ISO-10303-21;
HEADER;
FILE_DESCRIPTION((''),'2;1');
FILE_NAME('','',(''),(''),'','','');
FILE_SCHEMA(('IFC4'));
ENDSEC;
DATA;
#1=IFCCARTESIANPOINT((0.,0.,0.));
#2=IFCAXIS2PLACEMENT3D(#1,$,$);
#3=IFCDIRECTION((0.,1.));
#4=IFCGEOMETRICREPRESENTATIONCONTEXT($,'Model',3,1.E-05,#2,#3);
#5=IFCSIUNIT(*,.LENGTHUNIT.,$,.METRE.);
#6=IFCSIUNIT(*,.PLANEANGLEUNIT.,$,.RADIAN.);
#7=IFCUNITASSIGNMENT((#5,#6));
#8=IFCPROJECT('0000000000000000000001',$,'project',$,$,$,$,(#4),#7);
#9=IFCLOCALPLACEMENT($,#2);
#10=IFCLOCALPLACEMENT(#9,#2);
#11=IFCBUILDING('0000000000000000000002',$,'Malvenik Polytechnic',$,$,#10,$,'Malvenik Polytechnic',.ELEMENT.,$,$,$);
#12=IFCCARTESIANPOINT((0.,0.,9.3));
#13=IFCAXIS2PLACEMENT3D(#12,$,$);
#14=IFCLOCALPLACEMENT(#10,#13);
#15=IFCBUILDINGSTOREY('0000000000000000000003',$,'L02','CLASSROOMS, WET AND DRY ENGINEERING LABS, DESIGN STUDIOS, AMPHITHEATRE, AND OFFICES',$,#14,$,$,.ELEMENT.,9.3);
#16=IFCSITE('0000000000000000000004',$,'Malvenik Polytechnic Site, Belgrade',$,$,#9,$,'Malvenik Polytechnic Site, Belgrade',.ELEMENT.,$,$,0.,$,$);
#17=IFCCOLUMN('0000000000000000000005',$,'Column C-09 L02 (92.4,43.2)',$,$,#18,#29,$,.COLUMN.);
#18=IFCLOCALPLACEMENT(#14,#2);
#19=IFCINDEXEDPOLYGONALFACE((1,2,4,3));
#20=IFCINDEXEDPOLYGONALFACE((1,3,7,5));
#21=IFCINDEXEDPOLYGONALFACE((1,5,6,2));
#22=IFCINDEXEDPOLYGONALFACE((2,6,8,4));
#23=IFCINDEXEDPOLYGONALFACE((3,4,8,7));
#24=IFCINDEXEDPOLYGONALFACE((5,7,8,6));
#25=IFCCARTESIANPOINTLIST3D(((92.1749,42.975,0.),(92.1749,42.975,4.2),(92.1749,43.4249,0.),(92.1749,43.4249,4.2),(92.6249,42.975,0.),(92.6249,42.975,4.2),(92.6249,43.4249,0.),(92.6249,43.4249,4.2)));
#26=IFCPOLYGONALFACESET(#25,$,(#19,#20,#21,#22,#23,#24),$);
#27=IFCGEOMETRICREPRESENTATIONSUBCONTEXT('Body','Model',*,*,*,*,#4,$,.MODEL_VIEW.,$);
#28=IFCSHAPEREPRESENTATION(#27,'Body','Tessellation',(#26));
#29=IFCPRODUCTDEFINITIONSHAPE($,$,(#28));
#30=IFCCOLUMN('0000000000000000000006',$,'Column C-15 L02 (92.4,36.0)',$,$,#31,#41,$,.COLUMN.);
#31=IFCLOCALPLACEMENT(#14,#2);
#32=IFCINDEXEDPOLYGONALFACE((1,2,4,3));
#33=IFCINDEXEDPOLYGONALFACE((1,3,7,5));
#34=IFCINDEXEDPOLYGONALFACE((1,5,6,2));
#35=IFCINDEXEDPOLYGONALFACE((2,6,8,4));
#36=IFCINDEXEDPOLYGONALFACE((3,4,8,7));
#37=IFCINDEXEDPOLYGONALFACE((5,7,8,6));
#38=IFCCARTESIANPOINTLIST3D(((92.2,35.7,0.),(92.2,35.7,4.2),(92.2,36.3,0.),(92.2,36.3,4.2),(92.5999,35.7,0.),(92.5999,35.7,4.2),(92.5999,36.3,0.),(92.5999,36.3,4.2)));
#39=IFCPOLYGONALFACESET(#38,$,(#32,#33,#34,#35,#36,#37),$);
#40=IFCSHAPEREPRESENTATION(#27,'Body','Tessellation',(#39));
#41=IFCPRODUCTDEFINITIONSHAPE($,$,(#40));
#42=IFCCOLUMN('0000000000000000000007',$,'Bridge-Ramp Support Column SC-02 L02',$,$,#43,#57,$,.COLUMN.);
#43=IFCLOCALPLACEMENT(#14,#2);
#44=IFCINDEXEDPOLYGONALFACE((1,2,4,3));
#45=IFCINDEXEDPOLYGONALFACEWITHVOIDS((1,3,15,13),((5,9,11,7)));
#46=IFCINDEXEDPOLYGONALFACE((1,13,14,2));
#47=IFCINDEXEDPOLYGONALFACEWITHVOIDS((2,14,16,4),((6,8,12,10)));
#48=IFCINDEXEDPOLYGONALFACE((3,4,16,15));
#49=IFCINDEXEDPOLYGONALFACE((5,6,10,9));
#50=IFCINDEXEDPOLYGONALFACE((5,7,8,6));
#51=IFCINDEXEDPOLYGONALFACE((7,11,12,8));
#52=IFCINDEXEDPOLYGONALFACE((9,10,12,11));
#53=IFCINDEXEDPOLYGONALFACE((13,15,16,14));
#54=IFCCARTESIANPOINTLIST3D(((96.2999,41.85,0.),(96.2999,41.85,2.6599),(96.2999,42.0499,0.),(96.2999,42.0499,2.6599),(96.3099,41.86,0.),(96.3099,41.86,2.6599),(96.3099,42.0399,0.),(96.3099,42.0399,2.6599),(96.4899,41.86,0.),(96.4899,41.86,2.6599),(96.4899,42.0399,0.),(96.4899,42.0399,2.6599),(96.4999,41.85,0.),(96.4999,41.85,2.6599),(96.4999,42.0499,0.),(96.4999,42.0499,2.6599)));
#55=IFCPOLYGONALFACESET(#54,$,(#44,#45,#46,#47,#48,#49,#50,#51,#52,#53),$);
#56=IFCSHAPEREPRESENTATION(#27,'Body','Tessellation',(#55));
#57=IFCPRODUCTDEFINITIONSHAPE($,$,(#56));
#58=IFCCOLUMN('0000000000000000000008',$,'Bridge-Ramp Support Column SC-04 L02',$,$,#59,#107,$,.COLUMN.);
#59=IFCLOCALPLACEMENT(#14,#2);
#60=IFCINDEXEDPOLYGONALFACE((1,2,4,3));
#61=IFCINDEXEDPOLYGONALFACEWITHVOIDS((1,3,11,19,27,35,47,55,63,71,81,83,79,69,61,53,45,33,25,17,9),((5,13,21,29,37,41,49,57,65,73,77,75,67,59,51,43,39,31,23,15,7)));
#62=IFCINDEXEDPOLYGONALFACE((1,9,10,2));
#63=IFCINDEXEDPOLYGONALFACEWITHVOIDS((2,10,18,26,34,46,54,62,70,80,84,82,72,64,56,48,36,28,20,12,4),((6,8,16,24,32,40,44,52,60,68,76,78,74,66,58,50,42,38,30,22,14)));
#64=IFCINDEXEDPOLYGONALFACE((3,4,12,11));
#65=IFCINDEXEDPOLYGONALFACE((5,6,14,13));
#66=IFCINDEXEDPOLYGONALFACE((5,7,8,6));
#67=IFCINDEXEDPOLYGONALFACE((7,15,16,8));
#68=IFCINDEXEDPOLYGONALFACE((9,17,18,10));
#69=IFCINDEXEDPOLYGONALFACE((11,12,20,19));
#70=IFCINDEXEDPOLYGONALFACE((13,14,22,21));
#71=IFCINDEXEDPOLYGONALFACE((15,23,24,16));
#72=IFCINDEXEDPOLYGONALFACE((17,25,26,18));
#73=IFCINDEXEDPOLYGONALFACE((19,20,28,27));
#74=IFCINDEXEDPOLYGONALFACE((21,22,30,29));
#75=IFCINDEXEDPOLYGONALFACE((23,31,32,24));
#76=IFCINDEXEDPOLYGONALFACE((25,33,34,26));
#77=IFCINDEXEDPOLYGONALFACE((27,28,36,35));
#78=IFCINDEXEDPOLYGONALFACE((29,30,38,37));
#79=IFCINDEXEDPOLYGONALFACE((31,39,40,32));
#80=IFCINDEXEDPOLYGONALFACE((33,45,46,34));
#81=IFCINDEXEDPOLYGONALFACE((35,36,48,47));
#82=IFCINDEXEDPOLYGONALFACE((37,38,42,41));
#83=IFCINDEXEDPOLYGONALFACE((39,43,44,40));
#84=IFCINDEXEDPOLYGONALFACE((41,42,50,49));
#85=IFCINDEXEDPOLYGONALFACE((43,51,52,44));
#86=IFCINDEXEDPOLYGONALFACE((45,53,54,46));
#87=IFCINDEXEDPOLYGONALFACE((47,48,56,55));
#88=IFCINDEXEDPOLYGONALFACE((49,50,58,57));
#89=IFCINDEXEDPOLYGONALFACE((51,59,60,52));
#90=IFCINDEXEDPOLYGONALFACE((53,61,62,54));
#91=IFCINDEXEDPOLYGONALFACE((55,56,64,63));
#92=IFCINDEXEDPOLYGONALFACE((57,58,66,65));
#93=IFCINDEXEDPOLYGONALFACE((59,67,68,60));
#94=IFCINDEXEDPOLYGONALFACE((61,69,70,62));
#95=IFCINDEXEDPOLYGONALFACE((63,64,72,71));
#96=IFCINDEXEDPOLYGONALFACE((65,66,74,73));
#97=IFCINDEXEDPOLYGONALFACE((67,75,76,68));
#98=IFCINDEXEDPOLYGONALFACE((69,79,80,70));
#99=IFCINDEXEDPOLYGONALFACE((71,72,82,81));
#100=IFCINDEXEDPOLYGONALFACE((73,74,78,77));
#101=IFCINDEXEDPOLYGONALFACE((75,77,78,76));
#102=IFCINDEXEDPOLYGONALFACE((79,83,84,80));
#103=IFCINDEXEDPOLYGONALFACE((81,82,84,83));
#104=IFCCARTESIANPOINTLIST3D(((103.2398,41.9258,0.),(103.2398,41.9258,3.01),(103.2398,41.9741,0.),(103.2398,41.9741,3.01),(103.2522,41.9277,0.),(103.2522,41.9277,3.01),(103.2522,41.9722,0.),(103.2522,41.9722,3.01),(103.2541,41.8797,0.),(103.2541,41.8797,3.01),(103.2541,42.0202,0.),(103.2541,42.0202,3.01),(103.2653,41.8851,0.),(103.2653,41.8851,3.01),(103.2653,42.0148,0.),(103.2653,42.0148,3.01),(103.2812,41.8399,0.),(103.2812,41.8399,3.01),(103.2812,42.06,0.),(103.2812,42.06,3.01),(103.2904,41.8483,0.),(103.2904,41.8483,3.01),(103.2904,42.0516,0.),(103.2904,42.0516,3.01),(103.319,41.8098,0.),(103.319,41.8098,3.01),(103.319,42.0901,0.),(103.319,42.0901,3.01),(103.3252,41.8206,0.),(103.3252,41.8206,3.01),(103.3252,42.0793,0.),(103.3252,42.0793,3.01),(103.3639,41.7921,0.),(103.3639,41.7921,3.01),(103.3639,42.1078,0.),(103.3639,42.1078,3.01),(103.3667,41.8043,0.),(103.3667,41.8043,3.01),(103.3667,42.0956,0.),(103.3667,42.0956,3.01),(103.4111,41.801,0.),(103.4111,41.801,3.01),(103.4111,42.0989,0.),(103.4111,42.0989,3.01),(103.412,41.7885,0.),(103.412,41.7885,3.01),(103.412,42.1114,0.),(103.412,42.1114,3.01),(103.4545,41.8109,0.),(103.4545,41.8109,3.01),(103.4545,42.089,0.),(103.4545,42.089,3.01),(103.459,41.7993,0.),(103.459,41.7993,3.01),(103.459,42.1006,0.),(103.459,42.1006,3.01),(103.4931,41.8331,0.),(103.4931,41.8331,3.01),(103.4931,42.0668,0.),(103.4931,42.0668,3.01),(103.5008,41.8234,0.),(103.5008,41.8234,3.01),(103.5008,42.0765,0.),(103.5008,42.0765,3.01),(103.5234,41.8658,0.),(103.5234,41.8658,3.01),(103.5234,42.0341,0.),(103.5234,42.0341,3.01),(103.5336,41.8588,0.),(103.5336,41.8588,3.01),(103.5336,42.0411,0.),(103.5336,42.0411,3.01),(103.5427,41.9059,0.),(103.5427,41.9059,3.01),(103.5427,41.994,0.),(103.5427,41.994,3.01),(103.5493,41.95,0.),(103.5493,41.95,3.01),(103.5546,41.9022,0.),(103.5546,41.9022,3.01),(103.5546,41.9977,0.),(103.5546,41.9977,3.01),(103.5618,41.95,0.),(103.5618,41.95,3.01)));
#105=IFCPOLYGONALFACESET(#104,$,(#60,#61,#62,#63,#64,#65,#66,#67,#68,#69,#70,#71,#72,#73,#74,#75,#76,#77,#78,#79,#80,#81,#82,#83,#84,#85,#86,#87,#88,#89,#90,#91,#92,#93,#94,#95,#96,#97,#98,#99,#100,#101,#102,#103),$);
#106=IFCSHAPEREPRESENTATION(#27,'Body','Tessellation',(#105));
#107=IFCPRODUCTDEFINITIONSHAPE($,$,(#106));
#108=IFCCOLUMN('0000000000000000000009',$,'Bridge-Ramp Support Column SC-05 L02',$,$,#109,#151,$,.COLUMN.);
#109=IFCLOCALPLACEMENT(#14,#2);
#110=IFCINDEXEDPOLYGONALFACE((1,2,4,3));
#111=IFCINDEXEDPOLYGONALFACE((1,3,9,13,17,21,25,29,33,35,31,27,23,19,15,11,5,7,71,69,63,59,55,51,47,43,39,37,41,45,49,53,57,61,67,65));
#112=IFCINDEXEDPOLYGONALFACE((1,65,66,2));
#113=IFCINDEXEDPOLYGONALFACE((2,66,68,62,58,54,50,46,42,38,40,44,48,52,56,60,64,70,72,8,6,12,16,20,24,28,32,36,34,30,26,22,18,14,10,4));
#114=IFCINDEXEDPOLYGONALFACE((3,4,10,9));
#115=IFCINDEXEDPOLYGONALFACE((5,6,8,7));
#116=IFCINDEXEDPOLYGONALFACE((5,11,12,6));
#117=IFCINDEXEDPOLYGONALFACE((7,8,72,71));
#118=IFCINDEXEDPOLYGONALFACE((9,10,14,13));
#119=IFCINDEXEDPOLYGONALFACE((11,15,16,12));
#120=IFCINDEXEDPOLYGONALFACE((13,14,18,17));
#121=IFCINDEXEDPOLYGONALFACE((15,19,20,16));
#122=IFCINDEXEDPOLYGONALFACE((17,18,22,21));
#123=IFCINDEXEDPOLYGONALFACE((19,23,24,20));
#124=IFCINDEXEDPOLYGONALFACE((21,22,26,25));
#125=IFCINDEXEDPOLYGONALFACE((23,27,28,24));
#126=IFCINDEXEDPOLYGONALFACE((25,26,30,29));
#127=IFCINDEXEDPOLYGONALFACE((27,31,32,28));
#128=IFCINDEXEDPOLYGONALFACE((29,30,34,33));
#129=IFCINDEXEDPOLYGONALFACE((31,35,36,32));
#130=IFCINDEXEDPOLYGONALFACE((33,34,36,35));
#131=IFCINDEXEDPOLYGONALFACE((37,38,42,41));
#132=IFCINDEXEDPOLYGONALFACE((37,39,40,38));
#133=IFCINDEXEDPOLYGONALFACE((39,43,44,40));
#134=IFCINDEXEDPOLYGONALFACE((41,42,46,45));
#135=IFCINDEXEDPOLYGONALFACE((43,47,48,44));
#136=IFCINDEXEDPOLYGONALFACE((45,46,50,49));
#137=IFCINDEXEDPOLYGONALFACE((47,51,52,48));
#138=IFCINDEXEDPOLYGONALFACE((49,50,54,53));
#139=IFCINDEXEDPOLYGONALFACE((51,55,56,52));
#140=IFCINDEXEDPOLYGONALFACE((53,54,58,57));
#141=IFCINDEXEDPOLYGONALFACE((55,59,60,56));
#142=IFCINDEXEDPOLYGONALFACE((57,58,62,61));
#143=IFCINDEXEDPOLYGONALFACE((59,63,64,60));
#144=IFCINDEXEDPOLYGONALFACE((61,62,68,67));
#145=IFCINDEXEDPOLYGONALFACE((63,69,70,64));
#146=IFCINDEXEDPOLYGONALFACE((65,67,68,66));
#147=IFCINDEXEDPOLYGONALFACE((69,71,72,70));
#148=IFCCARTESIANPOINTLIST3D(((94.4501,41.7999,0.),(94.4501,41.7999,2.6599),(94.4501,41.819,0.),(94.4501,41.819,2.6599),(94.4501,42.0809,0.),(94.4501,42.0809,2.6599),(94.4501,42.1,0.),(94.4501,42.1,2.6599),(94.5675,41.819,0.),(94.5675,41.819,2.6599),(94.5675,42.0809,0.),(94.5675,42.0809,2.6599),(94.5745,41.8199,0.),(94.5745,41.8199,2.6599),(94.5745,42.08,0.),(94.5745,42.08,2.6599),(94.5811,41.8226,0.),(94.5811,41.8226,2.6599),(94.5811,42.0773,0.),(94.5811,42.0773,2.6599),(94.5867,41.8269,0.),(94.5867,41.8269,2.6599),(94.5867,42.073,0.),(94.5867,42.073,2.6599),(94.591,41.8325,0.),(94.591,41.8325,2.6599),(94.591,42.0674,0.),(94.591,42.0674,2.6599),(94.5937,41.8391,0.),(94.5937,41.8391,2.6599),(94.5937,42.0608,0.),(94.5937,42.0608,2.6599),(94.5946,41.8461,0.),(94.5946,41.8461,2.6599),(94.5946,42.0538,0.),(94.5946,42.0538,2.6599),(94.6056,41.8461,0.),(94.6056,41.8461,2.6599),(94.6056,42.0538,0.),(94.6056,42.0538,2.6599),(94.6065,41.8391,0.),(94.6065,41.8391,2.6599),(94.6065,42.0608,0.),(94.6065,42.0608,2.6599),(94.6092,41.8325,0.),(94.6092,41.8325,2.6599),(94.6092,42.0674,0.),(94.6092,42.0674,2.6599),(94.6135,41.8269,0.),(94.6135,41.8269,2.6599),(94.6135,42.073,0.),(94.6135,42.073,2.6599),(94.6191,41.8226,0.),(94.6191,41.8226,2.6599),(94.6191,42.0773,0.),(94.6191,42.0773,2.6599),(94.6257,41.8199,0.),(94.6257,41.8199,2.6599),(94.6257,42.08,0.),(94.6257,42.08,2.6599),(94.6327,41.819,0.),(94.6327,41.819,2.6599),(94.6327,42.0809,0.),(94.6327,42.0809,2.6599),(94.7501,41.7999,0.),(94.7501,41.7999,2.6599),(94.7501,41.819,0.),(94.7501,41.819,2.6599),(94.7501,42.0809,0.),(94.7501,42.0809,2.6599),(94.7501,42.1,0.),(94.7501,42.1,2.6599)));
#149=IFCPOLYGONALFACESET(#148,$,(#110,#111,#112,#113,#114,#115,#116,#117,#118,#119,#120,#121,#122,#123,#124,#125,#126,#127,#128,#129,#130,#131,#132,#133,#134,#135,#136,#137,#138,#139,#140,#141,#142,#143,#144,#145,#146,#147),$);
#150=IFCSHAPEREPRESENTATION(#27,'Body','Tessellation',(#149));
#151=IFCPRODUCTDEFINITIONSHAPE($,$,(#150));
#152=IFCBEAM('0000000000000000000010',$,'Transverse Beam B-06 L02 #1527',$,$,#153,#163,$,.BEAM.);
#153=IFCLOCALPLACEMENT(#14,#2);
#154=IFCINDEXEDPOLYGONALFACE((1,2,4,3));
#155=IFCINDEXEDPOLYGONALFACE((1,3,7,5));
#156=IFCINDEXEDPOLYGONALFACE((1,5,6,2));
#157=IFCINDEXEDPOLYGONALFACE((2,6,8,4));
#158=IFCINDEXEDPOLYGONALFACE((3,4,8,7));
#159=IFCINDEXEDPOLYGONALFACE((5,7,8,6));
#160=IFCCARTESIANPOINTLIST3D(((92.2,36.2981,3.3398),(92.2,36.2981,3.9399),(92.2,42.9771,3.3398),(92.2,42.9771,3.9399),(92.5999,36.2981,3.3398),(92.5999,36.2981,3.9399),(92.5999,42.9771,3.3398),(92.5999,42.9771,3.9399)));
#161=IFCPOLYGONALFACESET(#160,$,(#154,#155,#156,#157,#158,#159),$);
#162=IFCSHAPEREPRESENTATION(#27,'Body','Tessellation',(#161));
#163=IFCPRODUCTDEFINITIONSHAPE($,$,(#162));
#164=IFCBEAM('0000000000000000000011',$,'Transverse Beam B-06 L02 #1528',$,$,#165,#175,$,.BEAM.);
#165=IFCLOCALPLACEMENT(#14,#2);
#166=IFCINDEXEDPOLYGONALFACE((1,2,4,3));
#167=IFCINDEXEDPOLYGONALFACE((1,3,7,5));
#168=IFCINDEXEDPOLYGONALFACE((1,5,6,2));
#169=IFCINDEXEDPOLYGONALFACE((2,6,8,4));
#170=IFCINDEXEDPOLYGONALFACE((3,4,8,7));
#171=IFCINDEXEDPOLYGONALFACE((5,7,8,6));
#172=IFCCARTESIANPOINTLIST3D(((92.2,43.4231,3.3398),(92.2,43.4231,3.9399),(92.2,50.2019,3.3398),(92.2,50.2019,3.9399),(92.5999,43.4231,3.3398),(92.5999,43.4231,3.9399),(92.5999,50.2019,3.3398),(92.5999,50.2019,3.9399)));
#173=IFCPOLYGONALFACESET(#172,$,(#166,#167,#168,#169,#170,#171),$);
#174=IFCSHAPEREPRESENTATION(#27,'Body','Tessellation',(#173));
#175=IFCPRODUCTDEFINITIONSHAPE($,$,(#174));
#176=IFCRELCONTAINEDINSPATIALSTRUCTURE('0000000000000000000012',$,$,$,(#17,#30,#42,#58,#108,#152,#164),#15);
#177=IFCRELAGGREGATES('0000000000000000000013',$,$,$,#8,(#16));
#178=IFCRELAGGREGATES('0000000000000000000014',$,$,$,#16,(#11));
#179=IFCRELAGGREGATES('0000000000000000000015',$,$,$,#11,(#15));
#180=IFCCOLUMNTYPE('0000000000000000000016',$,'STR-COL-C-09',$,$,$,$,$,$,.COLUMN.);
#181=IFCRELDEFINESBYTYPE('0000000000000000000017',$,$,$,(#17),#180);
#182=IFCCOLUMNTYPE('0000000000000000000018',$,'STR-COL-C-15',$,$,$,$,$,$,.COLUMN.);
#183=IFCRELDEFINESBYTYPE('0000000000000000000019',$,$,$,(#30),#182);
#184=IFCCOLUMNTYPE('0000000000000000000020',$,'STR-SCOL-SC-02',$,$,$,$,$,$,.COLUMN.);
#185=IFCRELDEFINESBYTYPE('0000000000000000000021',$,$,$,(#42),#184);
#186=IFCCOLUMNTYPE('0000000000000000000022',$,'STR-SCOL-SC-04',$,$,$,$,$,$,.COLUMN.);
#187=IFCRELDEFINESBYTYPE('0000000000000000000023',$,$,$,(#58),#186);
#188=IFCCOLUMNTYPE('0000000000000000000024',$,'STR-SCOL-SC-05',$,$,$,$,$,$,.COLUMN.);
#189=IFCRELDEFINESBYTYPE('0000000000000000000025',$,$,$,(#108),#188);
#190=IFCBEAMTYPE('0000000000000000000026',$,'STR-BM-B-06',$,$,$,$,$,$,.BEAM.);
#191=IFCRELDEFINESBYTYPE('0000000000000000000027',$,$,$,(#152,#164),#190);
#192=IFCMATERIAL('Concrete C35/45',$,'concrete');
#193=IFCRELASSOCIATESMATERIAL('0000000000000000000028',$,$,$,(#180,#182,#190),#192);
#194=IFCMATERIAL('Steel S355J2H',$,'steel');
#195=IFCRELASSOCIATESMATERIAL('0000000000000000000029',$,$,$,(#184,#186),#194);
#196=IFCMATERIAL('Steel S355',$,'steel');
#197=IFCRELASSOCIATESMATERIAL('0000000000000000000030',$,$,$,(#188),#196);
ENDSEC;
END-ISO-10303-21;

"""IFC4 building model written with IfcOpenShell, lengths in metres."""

from ifc_helpers import new_model, si_unit, direction, frame, origin, origin_2d, place, context, subcontext, project, spatial, rectangle, hollow_rectangle, hollow_circle, i_section, extrude, material, material_profile, profile_set, type_object, element, save


model = new_model("IFC4")

# Units and contexts
model_context = context("Model", 3, precision=1e-05, world=origin(), true_north=direction((0.0, 1.0)))
body_context = subcontext(model_context, "Body", "Model", "MODEL_VIEW")
ifc_project = project(units=[si_unit("LENGTHUNIT", "METRE"), si_unit("PLANEANGLEUNIT", "RADIAN")], contexts=[model_context])

# Site, building, storey
site_placement = place(None, origin())
site = spatial("IfcSite", under=ifc_project, at=site_placement, Name="Malvenik Polytechnic Site, Belgrade", LongName="Malvenik Polytechnic Site, Belgrade", CompositionType="ELEMENT", RefElevation=0.0)
building_placement = place(site_placement, origin())
building = spatial("IfcBuilding", under=site, at=building_placement, Name="Malvenik Polytechnic", LongName="Malvenik Polytechnic", CompositionType="ELEMENT")
storey_placement = place(building_placement, frame((0.0, 0.0, 9.3)))
storey = spatial("IfcBuildingStorey", under=building, at=storey_placement, Name="L02", Description="CLASSROOMS, WET AND DRY ENGINEERING LABS, DESIGN STUDIOS, AMPHITHEATRE, AND OFFICES", CompositionType="ELEMENT", Elevation=9.3)

# Columns
ifc_material_1 = material(Name="Concrete C35/45", Category="concrete")
ifc_material_profile_1 = material_profile(ifc_material_1, rectangle(XDim=0.45, YDim=0.45, at=origin_2d()), Name="RC COL 450x450")
ifc_profile_set_1 = profile_set([ifc_material_profile_1], Name="Concrete C35/45")
column_type_1 = type_object("IfcColumnType", Name="STR-COL-C-09", PredefinedType="COLUMN", material=ifc_profile_set_1)
column_1_placement = place(storey_placement, frame((92.3999, 43.2, 0.0), z_axis=(0.0, 0.0, 1.0), x_axis=(1.0, 0.0, 0.0)))
element("IfcColumn", 1, at=column_1_placement, inside=storey, type_object=column_type_1, Name="Column C-09 L02 (92.4,43.2)", PredefinedType="COLUMN", context=body_context, shape_type="SweptSolid", body=[
    extrude(rectangle(XDim=0.45, YDim=0.45, at=origin_2d()), origin(), (0.0, 0.0, 1.0), 4.2),
])
ifc_material_profile_2 = material_profile(ifc_material_1, rectangle(XDim=0.3999, YDim=0.6001, at=origin_2d()), Name="RC COL 600x400")
ifc_profile_set_2 = profile_set([ifc_material_profile_2], Name="Concrete C35/45")
column_type_2 = type_object("IfcColumnType", Name="STR-COL-C-15", PredefinedType="COLUMN", material=ifc_profile_set_2)
column_2_placement = place(storey_placement, frame((92.3999, 36.0, 0.0), z_axis=(0.0, 0.0, 1.0), x_axis=(1.0, 0.0, 0.0)))
element("IfcColumn", 2, at=column_2_placement, inside=storey, type_object=column_type_2, Name="Column C-15 L02 (92.4,36.0)", PredefinedType="COLUMN", context=body_context, shape_type="SweptSolid", body=[
    extrude(rectangle(XDim=0.3999, YDim=0.6001, at=origin_2d()), origin(), (0.0, 0.0, 1.0), 4.2),
])
ifc_material_2 = material(Name="Steel S355J2H", Category="steel")
ifc_material_profile_3 = material_profile(ifc_material_2, hollow_rectangle(XDim=0.2, YDim=0.2, WallThickness=0.01, at=origin_2d()), Name="SHS 200x200x10.0")
ifc_profile_set_3 = profile_set([ifc_material_profile_3], Name="Steel S355J2H")
column_type_3 = type_object("IfcColumnType", Name="STR-SCOL-SC-02", PredefinedType="COLUMN", material=ifc_profile_set_3)
column_3_placement = place(storey_placement, frame((96.3999, 41.95, 0.0), z_axis=(0.0, 0.0, 1.0), x_axis=(1.0, 0.0, 0.0)))
element("IfcColumn", 3, at=column_3_placement, inside=storey, type_object=column_type_3, Name="Bridge-Ramp Support Column SC-02 L02", PredefinedType="COLUMN", context=body_context, shape_type="SweptSolid", body=[
    extrude(hollow_rectangle(XDim=0.2, YDim=0.2, WallThickness=0.01, at=origin_2d()), origin(), (0.0, 0.0, 1.0), 2.6599),
])
ifc_material_profile_4 = material_profile(ifc_material_2, hollow_circle(Radius=0.1619, WallThickness=0.0125, at=origin_2d()), Name="CHS 323.9x12.5")
ifc_profile_set_4 = profile_set([ifc_material_profile_4], Name="Steel S355J2H")
column_type_4 = type_object("IfcColumnType", Name="STR-SCOL-SC-04", PredefinedType="COLUMN", material=ifc_profile_set_4)
column_4_placement = place(storey_placement, frame((103.3999, 41.95, 0.0), z_axis=(0.0, 0.0, 1.0), x_axis=(1.0, 0.0, 0.0)))
element("IfcColumn", 4, at=column_4_placement, inside=storey, type_object=column_type_4, Name="Bridge-Ramp Support Column SC-04 L02", PredefinedType="COLUMN", context=body_context, shape_type="SweptSolid", body=[
    extrude(hollow_circle(Radius=0.1619, WallThickness=0.0125, at=origin_2d()), origin(), (0.0, 0.0, 1.0), 3.01),
])
ifc_material_3 = material(Name="Steel S355", Category="steel")
ifc_material_profile_5 = material_profile(ifc_material_3, i_section(OverallWidth=0.3, OverallDepth=0.3, WebThickness=0.011, FlangeThickness=0.019, FilletRadius=0.0271, at=origin_2d()), Name="HEB 300")
ifc_profile_set_5 = profile_set([ifc_material_profile_5], Name="Steel S355")
column_type_5 = type_object("IfcColumnType", Name="STR-SCOL-SC-05", PredefinedType="COLUMN", material=ifc_profile_set_5)
column_5_placement = place(storey_placement, frame((94.6001, 41.95, 0.0), z_axis=(0.0, 0.0, 1.0), x_axis=(1.0, 0.0, 0.0)))
element("IfcColumn", 5, at=column_5_placement, inside=storey, type_object=column_type_5, Name="Bridge-Ramp Support Column SC-05 L02", PredefinedType="COLUMN", context=body_context, shape_type="SweptSolid", body=[
    extrude(i_section(OverallWidth=0.3, OverallDepth=0.3, WebThickness=0.011, FlangeThickness=0.019, FilletRadius=0.0271, at=origin_2d()), origin(), (0.0, 0.0, 1.0), 2.6599),
])

# Beams
ifc_material_profile_6 = material_profile(ifc_material_1, rectangle(XDim=0.3999, YDim=0.6001, at=origin_2d()), Name="RC BM 400x600")
ifc_profile_set_6 = profile_set([ifc_material_profile_6], Name="Concrete C35/45")
beam_type_1 = type_object("IfcBeamType", Name="STR-BM-B-06", PredefinedType="BEAM", material=ifc_profile_set_6)
beam_1_placement = place(storey_placement, frame((92.3999, 36.2981, 3.6399), z_axis=(0.0, 1.0, 0.0), x_axis=(-1.0, 0.0, 0.0)))
element("IfcBeam", 6, at=beam_1_placement, inside=storey, type_object=beam_type_1, Name="Transverse Beam B-06 L02 #1527", PredefinedType="BEAM", context=body_context, shape_type="SweptSolid", body=[
    extrude(rectangle(XDim=0.3999, YDim=0.6001, at=origin_2d()), origin(), (0.0, 0.0, 1.0), 6.679),
])
beam_2_placement = place(storey_placement, frame((92.3999, 43.4231, 3.6399), z_axis=(0.0, 1.0, 0.0), x_axis=(-1.0, 0.0, 0.0)))
element("IfcBeam", 7, at=beam_2_placement, inside=storey, type_object=beam_type_1, Name="Transverse Beam B-06 L02 #1528", PredefinedType="BEAM", context=body_context, shape_type="SweptSolid", body=[
    extrude(rectangle(XDim=0.3999, YDim=0.6001, at=origin_2d()), origin(), (0.0, 0.0, 1.0), 6.7788),
])

save(model, "model.ifc")
